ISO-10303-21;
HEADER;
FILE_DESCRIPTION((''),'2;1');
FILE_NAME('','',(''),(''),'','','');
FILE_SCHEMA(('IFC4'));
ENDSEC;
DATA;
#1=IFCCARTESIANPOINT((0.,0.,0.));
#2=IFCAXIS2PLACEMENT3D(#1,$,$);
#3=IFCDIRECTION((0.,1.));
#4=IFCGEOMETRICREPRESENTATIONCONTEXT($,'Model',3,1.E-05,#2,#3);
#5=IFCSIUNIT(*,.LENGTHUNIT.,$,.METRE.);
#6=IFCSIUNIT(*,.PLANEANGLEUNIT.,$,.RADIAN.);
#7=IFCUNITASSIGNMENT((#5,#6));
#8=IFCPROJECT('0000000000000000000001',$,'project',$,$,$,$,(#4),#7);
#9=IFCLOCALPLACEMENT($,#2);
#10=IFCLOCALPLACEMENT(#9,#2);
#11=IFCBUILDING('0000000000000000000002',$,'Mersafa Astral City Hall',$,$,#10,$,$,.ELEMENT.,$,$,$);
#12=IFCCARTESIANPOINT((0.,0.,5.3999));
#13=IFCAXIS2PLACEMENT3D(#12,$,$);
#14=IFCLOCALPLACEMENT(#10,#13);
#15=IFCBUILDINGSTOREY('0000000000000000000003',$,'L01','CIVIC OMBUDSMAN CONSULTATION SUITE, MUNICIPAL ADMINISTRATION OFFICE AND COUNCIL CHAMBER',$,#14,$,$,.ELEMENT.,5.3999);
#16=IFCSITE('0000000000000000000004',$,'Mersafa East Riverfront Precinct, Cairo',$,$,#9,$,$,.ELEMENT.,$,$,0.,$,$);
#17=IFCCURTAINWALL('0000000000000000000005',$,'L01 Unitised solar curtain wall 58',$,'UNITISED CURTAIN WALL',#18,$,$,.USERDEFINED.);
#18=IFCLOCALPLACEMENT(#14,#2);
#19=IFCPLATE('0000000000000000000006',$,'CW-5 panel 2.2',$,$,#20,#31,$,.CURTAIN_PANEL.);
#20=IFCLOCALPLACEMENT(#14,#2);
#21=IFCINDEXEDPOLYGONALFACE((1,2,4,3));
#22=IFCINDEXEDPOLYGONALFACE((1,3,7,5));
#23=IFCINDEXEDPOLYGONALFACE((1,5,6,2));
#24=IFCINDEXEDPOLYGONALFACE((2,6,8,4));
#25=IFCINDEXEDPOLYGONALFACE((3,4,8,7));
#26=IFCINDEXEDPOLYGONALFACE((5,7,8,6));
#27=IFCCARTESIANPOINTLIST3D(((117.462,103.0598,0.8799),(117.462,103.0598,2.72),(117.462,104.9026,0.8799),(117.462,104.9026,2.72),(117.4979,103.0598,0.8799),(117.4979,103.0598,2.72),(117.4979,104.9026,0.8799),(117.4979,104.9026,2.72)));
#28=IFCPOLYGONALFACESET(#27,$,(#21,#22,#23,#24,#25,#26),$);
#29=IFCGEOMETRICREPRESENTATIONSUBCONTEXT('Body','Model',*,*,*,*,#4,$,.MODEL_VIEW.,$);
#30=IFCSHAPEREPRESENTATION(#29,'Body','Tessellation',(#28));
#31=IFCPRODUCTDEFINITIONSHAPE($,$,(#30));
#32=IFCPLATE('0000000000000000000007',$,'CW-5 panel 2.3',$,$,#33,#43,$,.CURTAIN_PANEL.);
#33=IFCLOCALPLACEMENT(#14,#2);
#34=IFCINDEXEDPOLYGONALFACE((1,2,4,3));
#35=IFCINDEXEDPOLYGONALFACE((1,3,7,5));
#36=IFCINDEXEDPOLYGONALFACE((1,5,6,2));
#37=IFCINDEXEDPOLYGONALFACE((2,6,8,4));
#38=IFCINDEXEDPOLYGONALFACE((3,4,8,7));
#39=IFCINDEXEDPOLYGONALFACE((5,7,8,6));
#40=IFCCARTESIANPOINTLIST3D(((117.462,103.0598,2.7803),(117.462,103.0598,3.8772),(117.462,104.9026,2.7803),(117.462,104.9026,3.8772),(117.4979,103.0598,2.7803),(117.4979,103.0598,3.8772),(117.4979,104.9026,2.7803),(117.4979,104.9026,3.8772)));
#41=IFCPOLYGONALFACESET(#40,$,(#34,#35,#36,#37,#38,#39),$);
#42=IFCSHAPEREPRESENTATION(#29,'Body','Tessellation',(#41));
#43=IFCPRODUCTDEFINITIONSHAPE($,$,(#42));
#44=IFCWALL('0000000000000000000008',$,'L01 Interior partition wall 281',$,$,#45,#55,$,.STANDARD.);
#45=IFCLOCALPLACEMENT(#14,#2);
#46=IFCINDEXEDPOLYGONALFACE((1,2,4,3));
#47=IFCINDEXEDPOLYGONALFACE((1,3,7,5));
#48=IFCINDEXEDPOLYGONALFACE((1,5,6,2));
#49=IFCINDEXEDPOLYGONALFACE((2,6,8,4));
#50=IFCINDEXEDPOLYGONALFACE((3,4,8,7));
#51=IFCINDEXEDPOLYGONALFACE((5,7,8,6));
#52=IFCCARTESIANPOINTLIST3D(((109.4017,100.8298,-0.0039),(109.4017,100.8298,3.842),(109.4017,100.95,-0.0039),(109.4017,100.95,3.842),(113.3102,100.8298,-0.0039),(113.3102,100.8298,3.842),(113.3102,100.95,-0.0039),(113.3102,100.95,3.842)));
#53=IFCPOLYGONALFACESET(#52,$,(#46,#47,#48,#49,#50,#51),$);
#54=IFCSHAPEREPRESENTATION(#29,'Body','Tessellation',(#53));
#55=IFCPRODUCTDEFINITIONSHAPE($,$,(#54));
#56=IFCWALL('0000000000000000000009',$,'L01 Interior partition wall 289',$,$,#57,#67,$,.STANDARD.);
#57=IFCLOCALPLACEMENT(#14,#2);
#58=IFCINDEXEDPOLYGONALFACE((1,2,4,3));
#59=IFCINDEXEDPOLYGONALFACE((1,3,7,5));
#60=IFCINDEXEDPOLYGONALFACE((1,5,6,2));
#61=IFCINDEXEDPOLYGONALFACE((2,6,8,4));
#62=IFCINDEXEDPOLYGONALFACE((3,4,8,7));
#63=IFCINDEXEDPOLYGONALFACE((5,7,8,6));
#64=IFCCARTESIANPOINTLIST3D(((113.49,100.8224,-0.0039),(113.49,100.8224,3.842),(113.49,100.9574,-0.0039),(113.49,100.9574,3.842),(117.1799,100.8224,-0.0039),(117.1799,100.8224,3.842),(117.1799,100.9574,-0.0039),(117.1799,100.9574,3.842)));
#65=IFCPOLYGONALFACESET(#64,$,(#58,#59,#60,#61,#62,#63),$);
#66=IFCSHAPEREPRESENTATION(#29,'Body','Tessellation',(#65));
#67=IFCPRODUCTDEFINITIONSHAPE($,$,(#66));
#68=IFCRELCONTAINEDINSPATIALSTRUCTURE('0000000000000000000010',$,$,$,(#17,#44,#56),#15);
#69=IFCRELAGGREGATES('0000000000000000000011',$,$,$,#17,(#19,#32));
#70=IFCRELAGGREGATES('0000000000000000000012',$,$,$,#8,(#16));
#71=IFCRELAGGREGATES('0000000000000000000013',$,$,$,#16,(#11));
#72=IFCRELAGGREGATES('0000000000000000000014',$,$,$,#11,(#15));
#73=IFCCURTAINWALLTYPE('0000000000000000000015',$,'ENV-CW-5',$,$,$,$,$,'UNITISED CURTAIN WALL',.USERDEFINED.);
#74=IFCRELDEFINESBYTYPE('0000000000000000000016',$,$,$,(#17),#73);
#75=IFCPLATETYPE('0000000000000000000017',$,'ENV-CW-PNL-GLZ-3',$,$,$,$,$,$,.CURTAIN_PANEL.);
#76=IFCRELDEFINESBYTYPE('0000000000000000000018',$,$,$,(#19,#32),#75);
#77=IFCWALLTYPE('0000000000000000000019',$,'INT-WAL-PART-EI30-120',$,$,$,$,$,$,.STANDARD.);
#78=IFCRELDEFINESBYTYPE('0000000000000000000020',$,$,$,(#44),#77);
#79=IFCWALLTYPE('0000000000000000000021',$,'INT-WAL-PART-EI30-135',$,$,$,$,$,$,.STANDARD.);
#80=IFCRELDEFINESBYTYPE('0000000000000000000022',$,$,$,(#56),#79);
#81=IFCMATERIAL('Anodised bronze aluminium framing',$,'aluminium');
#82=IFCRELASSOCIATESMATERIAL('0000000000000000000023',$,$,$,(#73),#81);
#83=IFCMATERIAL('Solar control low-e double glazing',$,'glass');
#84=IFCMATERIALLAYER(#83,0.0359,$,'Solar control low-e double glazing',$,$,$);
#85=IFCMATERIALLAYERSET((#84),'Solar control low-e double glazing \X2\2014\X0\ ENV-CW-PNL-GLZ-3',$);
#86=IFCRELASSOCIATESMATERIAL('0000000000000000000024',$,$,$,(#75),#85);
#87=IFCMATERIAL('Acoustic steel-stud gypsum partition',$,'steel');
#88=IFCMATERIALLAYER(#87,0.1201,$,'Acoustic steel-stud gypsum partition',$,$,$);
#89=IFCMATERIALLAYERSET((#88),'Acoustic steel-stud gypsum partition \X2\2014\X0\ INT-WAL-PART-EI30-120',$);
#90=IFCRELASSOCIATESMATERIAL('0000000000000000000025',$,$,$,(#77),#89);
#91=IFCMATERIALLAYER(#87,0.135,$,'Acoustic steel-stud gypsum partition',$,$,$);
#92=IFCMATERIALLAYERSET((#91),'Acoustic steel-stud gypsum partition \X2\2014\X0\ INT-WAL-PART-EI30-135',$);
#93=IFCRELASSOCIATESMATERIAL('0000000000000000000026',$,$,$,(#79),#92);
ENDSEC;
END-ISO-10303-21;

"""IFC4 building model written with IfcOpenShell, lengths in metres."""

from ifc_helpers import new_model, si_unit, direction, frame, frame_2d, origin, origin_2d, place, context, subcontext, project, spatial, rectangle, extrude, material, layer, layer_set, type_object, element, aggregate, save


model = new_model("IFC4")

# Units and contexts
model_context = context("Model", 3, precision=1e-05, world=origin(), true_north=direction((0.0, 1.0)))
body_context = subcontext(model_context, "Body", "Model", "MODEL_VIEW")
ifc_project = project(units=[si_unit("LENGTHUNIT", "METRE"), si_unit("PLANEANGLEUNIT", "RADIAN")], contexts=[model_context])

# Site, building, storey
site_placement = place(None, origin())
site = spatial("IfcSite", under=ifc_project, at=site_placement, Name="Mersafa East Riverfront Precinct, Cairo", CompositionType="ELEMENT", RefElevation=0.0)
building_placement = place(site_placement, origin())
building = spatial("IfcBuilding", under=site, at=building_placement, Name="Mersafa Astral City Hall", CompositionType="ELEMENT")
storey_placement = place(building_placement, frame((0.0, 0.0, 5.3999)))
storey = spatial("IfcBuildingStorey", under=building, at=storey_placement, Name="L01", Description="CIVIC OMBUDSMAN CONSULTATION SUITE, MUNICIPAL ADMINISTRATION OFFICE AND COUNCIL CHAMBER", CompositionType="ELEMENT", Elevation=5.3999)

# Curtain wall
ifc_material_1 = material(Name="Anodised bronze aluminium framing", Category="aluminium")
curtain_wall_type = type_object("IfcCurtainWallType", Name="ENV-CW-5", ElementType="UNITISED CURTAIN WALL", PredefinedType="USERDEFINED", material=ifc_material_1)
curtain_wall_placement = place(storey_placement, origin())
curtain_wall = element("IfcCurtainWall", 1, at=curtain_wall_placement, inside=storey, type_object=curtain_wall_type, Name="L01 Unitised solar curtain wall 58", ObjectType="UNITISED CURTAIN WALL", PredefinedType="USERDEFINED")

# Plates
ifc_material_2 = material(Name="Solar control low-e double glazing", Category="glass")
ifc_layer_1 = layer(ifc_material_2, 0.0359, Name="Solar control low-e double glazing")
ifc_layer_set_1 = layer_set([ifc_layer_1], Name="Solar control low-e double glazing — ENV-CW-PNL-GLZ-3")
plate_type = type_object("IfcPlateType", Name="ENV-CW-PNL-GLZ-3", PredefinedType="CURTAIN_PANEL", material=ifc_layer_set_1)
plate_1_placement = place(storey_placement, frame((117.48, 103.9812, 0.8799), z_axis=(0.0, 0.0, 1.0), x_axis=(0.0, 1.0, 0.0)))
plate_1 = element("IfcPlate", 2, at=plate_1_placement, type_object=plate_type, Name="CW-5 panel 2.2", PredefinedType="CURTAIN_PANEL", context=body_context, shape_type="SweptSolid", body=[
    extrude(rectangle(XDim=1.8428, YDim=0.0359, at=origin_2d()), origin(), (0.0, 0.0, 1.0), 1.8401),
])
plate_2_placement = place(storey_placement, frame((117.48, 103.9812, 2.7803), z_axis=(0.0, 0.0, 1.0), x_axis=(0.0, 1.0, 0.0)))
plate_2 = element("IfcPlate", 3, at=plate_2_placement, type_object=plate_type, Name="CW-5 panel 2.3", PredefinedType="CURTAIN_PANEL", context=body_context, shape_type="SweptSolid", body=[
    extrude(rectangle(XDim=1.8428, YDim=0.0359, at=origin_2d()), origin(), (0.0, 0.0, 1.0), 1.0969),
])
aggregate(curtain_wall, [plate_1, plate_2])

# Walls
ifc_material_3 = material(Name="Acoustic steel-stud gypsum partition", Category="steel")
ifc_layer_2 = layer(ifc_material_3, 0.1201, Name="Acoustic steel-stud gypsum partition")
ifc_layer_set_2 = layer_set([ifc_layer_2], Name="Acoustic steel-stud gypsum partition — INT-WAL-PART-EI30-120")
wall_type_1 = type_object("IfcWallType", Name="INT-WAL-PART-EI30-120", PredefinedType="STANDARD", material=ifc_layer_set_2)
wall_1_placement = place(storey_placement, frame((113.3101, 100.8899, -0.0039), z_axis=(0.0, 0.0, 1.0), x_axis=(-1.0, 0.0, 0.0)))
element("IfcWall", 4, at=wall_1_placement, inside=storey, type_object=wall_type_1, Name="L01 Interior partition wall 281", PredefinedType="STANDARD", context=body_context, shape_type="SweptSolid", body=[
    extrude(rectangle(XDim=3.9084, YDim=0.1201, at=frame_2d((1.9541, 0.0))), origin(), (0.0, 0.0, 1.0), 3.8459),
])
ifc_layer_3 = layer(ifc_material_3, 0.135, Name="Acoustic steel-stud gypsum partition")
ifc_layer_set_3 = layer_set([ifc_layer_3], Name="Acoustic steel-stud gypsum partition — INT-WAL-PART-EI30-135")
wall_type_2 = type_object("IfcWallType", Name="INT-WAL-PART-EI30-135", PredefinedType="STANDARD", material=ifc_layer_set_3)
wall_2_placement = place(storey_placement, frame((117.1799, 100.8899, -0.0039), z_axis=(0.0, 0.0, 1.0), x_axis=(-1.0, 0.0, 0.0)))
element("IfcWall", 5, at=wall_2_placement, inside=storey, type_object=wall_type_2, Name="L01 Interior partition wall 289", PredefinedType="STANDARD", context=body_context, shape_type="SweptSolid", body=[
    extrude(rectangle(XDim=3.6899, YDim=0.135, at=frame_2d((1.845, 0.0))), origin(), (0.0, 0.0, 1.0), 3.8459),
])

save(model, "model.ifc")
